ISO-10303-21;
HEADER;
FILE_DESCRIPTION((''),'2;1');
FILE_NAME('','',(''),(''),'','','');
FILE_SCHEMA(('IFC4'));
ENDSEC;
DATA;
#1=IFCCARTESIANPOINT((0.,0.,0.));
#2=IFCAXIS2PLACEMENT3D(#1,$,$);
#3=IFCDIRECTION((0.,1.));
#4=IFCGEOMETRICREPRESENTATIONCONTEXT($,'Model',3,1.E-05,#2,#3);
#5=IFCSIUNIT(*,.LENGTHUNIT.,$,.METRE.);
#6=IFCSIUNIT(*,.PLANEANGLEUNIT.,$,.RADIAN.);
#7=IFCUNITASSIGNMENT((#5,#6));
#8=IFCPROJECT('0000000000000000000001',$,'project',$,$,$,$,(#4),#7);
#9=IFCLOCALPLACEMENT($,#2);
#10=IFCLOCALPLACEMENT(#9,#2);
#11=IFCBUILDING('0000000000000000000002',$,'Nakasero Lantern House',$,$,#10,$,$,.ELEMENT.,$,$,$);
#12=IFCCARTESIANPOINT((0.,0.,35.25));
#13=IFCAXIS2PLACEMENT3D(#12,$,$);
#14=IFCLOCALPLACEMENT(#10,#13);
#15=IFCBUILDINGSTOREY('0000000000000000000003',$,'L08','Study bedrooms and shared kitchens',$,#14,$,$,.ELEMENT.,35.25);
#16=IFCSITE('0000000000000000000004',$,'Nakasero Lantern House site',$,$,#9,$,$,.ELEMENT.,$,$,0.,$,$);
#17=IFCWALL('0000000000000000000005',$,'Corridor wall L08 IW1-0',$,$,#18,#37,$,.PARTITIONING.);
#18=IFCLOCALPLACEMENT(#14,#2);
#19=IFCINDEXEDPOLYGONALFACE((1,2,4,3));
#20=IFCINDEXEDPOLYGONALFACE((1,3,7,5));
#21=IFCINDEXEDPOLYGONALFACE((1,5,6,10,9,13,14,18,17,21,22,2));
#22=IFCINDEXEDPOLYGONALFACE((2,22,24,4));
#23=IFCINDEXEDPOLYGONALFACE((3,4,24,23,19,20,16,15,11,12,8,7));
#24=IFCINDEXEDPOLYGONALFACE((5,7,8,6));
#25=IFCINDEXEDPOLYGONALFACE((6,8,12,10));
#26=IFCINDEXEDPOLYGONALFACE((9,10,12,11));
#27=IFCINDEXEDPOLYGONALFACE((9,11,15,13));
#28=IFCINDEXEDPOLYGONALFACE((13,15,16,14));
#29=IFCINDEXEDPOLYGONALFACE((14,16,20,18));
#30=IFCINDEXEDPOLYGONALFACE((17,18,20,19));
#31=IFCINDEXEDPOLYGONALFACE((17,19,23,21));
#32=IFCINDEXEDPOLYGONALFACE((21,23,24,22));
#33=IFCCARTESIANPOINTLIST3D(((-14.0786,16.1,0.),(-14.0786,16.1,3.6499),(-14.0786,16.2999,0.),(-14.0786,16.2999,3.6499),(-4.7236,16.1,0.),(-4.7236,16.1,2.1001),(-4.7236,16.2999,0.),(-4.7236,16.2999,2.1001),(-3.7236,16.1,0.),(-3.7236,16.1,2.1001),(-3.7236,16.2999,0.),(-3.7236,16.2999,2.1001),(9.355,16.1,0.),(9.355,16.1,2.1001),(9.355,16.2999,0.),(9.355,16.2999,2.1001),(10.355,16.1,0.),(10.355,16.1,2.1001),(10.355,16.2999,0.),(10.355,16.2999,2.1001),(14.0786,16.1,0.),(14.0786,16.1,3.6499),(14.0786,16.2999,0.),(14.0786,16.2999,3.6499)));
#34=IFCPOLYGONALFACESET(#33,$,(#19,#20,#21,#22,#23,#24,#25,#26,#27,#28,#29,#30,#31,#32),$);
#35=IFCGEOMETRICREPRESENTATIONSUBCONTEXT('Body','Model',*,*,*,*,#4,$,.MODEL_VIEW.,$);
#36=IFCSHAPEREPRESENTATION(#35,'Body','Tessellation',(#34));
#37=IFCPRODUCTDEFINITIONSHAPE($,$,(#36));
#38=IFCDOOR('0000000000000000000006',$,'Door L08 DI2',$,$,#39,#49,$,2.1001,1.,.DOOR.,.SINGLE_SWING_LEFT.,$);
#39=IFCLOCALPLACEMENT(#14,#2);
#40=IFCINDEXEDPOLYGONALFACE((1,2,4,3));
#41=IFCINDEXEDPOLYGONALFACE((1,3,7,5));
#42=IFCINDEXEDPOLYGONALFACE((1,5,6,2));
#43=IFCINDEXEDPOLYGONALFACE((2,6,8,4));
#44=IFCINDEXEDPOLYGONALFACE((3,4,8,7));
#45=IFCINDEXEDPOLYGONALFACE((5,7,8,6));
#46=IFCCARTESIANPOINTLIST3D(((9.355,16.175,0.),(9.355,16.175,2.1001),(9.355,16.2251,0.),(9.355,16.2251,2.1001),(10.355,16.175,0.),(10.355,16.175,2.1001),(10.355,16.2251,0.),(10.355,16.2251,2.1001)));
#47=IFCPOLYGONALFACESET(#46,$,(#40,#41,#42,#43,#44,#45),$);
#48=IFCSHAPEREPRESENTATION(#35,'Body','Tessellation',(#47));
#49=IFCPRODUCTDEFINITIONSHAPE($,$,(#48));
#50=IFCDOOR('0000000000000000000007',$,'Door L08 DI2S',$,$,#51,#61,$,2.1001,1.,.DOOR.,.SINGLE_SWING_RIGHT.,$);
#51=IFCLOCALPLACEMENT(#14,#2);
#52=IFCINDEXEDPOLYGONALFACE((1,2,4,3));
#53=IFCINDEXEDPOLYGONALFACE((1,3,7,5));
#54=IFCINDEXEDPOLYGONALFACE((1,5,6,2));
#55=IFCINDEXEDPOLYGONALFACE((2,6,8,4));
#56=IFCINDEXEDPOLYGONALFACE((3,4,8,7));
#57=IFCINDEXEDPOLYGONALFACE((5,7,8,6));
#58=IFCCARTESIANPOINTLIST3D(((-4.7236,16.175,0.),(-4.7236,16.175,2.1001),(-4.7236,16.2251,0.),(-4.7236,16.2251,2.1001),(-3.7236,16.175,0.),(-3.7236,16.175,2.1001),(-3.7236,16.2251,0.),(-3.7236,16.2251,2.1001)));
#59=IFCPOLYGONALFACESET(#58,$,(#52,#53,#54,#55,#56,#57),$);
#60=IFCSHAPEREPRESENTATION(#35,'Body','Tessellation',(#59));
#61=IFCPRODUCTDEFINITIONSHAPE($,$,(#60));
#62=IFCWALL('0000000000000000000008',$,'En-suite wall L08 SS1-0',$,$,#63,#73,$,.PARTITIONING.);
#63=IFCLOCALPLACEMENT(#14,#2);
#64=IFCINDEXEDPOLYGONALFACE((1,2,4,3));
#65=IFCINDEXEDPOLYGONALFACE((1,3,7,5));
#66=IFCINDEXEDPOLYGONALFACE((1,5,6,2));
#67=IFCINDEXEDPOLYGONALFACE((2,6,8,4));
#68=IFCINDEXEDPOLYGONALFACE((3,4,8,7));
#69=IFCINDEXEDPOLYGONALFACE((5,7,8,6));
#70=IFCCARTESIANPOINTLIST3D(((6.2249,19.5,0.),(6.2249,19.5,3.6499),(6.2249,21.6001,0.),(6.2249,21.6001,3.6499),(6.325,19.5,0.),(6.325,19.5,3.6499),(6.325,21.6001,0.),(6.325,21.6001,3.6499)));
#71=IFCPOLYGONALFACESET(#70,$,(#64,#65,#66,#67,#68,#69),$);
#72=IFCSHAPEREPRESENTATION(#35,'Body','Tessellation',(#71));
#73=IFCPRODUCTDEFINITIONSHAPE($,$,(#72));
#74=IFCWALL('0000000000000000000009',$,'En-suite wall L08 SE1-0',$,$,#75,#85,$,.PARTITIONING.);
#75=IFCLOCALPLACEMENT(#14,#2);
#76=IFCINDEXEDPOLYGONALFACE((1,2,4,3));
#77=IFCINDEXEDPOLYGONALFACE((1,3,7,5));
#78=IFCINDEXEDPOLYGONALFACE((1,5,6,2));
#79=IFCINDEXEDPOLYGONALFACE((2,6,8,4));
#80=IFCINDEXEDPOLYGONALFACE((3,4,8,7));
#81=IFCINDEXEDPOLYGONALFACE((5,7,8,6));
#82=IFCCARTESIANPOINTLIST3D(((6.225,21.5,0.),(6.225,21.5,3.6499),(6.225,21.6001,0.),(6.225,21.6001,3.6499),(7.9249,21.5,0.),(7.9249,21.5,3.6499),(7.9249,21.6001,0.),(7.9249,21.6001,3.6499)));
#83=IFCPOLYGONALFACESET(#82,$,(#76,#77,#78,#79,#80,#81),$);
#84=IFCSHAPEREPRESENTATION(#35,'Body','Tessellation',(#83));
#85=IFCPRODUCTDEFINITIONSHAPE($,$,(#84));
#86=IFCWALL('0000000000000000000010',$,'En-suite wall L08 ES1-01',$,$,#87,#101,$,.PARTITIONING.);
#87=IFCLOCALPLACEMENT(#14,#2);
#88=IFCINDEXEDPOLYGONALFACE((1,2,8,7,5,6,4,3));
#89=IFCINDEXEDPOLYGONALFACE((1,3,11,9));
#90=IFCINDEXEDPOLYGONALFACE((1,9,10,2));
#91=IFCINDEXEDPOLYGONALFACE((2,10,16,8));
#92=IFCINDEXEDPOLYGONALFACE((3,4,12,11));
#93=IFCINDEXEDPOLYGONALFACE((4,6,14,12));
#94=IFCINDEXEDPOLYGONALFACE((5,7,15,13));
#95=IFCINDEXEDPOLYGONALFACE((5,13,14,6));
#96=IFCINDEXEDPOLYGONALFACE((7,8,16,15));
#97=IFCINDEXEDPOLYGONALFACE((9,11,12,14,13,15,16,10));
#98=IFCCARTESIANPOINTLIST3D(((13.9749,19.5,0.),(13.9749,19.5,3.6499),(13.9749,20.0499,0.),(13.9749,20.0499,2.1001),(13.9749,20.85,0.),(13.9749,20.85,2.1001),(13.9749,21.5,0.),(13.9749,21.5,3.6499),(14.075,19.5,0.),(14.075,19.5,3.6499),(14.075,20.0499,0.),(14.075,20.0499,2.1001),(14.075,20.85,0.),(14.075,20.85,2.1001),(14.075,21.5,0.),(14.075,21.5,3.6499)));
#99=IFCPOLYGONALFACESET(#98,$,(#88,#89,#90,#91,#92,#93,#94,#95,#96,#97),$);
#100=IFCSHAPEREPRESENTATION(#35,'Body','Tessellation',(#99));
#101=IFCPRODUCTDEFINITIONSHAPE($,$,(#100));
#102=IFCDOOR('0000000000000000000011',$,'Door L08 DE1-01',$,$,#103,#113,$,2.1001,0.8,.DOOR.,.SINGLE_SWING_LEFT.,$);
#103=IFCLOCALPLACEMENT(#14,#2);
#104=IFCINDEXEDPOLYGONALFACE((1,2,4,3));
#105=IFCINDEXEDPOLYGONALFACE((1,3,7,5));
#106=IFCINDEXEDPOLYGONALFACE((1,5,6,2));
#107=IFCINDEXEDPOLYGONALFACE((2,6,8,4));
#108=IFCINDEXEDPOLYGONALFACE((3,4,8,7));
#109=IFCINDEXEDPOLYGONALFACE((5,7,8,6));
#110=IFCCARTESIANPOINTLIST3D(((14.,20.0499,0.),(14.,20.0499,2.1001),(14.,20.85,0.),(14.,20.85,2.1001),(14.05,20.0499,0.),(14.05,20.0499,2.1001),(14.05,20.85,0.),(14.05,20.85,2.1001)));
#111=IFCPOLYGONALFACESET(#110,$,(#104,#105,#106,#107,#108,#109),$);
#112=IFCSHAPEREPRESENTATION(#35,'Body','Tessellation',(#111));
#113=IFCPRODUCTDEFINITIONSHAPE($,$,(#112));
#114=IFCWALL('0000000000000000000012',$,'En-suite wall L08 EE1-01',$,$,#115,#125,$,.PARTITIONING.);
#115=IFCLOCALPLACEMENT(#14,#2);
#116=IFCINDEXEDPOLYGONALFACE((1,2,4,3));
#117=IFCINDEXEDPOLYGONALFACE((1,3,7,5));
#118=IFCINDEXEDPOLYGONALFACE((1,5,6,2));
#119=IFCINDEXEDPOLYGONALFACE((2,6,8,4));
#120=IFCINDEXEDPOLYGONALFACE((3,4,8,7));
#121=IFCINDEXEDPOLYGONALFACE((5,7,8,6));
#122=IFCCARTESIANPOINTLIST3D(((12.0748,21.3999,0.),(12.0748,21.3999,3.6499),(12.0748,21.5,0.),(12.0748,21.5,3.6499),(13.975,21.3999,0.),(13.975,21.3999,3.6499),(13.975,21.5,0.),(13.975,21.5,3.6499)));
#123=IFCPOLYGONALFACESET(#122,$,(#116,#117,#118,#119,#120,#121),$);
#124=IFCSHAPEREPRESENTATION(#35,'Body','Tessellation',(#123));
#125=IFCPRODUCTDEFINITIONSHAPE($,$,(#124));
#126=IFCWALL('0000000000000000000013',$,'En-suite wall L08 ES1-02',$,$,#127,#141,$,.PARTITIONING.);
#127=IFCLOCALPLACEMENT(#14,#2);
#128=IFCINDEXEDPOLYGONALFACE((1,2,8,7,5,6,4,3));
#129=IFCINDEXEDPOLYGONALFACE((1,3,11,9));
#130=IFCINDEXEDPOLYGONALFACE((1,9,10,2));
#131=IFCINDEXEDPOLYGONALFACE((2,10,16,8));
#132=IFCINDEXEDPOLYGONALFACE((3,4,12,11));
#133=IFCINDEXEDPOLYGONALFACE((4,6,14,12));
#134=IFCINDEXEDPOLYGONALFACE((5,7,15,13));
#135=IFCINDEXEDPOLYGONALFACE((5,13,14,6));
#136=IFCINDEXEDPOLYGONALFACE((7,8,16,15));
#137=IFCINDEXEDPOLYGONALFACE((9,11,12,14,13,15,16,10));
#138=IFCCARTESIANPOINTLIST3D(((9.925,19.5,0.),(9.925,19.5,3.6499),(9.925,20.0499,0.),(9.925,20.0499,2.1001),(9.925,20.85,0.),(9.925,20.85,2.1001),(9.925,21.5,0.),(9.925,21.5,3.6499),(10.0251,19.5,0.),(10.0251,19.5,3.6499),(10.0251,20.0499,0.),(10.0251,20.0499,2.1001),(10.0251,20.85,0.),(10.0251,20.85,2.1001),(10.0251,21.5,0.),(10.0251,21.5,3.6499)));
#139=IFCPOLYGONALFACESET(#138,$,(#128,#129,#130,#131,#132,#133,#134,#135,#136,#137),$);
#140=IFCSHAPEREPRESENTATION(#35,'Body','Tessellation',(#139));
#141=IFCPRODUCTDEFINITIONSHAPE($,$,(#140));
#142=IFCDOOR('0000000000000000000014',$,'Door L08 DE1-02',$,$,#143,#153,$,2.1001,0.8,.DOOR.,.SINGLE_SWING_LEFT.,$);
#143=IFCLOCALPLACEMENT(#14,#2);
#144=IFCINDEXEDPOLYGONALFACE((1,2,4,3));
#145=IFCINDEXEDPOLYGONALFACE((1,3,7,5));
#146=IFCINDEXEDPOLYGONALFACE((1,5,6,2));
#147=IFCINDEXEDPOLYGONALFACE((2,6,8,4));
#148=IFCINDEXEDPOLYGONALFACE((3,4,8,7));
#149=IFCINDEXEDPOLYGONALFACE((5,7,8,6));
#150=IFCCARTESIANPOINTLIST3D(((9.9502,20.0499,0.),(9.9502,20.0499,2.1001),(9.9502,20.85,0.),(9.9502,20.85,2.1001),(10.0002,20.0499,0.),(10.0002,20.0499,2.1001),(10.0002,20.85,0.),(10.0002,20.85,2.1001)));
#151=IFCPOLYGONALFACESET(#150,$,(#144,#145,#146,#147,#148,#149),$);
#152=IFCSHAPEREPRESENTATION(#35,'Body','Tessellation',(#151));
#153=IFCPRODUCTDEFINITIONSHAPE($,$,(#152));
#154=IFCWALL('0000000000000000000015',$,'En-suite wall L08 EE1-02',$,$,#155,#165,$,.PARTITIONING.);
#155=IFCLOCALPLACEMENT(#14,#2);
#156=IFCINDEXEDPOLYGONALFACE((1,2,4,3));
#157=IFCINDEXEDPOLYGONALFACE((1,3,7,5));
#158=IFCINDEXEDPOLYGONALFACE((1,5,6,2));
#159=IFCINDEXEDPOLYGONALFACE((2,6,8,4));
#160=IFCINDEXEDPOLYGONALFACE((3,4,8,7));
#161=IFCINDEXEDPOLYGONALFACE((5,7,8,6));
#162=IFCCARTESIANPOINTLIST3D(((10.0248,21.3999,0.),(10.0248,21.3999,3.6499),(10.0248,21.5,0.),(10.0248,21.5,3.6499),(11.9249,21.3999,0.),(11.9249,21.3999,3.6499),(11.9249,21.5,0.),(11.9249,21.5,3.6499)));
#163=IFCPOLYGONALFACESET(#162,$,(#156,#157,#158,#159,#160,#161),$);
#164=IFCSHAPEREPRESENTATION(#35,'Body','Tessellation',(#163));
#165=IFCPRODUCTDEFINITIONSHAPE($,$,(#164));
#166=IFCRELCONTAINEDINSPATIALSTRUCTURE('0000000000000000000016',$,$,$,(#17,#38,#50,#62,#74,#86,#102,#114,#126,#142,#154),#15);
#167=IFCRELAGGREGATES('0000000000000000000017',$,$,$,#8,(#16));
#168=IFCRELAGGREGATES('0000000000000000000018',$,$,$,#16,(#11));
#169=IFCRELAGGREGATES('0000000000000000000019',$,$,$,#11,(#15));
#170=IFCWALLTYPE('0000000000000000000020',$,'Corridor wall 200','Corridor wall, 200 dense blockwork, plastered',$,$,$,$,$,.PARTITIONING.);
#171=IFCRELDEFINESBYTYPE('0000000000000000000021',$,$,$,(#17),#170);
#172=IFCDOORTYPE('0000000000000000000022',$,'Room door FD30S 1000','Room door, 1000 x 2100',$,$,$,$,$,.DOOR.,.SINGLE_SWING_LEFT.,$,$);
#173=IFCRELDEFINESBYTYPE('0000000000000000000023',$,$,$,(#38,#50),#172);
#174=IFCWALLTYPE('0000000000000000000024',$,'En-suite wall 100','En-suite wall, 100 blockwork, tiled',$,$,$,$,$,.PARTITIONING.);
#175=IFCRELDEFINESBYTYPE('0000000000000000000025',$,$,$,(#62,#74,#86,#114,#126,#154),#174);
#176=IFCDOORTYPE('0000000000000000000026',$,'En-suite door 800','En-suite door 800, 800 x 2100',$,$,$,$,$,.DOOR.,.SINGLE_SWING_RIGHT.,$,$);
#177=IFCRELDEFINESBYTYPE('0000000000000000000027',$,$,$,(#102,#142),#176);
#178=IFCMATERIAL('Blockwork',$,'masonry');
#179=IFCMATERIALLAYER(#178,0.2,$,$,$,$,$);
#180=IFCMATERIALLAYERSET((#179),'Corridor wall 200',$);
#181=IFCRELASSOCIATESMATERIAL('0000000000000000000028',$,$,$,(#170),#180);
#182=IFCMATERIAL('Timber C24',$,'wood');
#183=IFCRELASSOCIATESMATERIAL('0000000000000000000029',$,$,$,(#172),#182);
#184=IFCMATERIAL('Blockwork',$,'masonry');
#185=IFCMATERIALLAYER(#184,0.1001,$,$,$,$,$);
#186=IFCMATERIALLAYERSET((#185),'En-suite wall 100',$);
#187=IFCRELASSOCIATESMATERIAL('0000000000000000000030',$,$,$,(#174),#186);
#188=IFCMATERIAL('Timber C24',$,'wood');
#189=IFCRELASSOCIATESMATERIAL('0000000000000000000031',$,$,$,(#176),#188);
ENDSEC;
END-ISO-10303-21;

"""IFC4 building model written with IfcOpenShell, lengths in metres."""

from ifc_helpers import new_model, si_unit, direction, frame, frame_2d, origin, place, context, subcontext, project, spatial, rectangle, extrude, material, layer, layer_set, type_object, element, fill, save


model = new_model("IFC4")

# Units and contexts
model_context = context("Model", 3, precision=1e-05, world=origin(), true_north=direction((0.0, 1.0)))
body_context = subcontext(model_context, "Body", "Model", "MODEL_VIEW")
ifc_project = project(units=[si_unit("LENGTHUNIT", "METRE"), si_unit("PLANEANGLEUNIT", "RADIAN")], contexts=[model_context])

# Site, building, storey
site_placement = place(None, origin())
site = spatial("IfcSite", under=ifc_project, at=site_placement, Name="Nakasero Lantern House site", CompositionType="ELEMENT", RefElevation=0.0)
building_placement = place(site_placement, origin())
building = spatial("IfcBuilding", under=site, at=building_placement, Name="Nakasero Lantern House", CompositionType="ELEMENT")
storey_placement = place(building_placement, frame((0.0, 0.0, 35.25)))
storey = spatial("IfcBuildingStorey", under=building, at=storey_placement, Name="L08", Description="Study bedrooms and shared kitchens", CompositionType="ELEMENT", Elevation=35.25)

# Wall, openings, doors
ifc_material_1 = material(Name="Blockwork", Category="masonry")
ifc_layer_1 = layer(ifc_material_1, 0.2)
ifc_layer_set_1 = layer_set([ifc_layer_1], Name="Corridor wall 200")
wall_type_1 = type_object("IfcWallType", Name="Corridor wall 200", Description="Corridor wall, 200 dense blockwork, plastered", PredefinedType="PARTITIONING", material=ifc_layer_set_1)
wall_1_placement = place(storey_placement, frame((14.0786, 16.2, 0.0), z_axis=(0.0, 0.0, 1.0), x_axis=(-1.0, 0.0, 0.0)))
wall_1 = element("IfcWall", 1, at=wall_1_placement, inside=storey, type_object=wall_type_1, Name="Corridor wall L08 IW1-0", PredefinedType="PARTITIONING", context=body_context, shape_type="SweptSolid", body=[
    extrude(rectangle(XDim=28.1572, YDim=0.2, at=frame_2d((14.0786, 0.0))), origin(), (0.0, 0.0, 1.0), 3.6499),
])
opening_1_placement = place(wall_1_placement, frame((3.7236, 0.0, 0.0)))
opening_1 = element("IfcOpeningElement", 2, at=opening_1_placement, cuts=wall_1, PredefinedType="OPENING", context=body_context, shape_type="SweptSolid", body=[
    extrude(rectangle(XDim=1.0, YDim=2.1001, at=frame_2d((0.5, 1.05))), frame((0.0, 0.1199, 0.0), z_axis=(0.0, -1.0, 0.0), x_axis=(1.0, 0.0, 0.0)), (0.0, 0.0, 1.0), 0.24),
])
opening_2_placement = place(wall_1_placement, frame((17.8022, 0.0, 0.0)))
opening_2 = element("IfcOpeningElement", 3, at=opening_2_placement, cuts=wall_1, PredefinedType="OPENING", context=body_context, shape_type="SweptSolid", body=[
    extrude(rectangle(XDim=1.0, YDim=2.1001, at=frame_2d((0.5, 1.05))), frame((0.0, 0.1199, 0.0), z_axis=(0.0, -1.0, 0.0), x_axis=(1.0, 0.0, 0.0)), (0.0, 0.0, 1.0), 0.24),
])
ifc_material_2 = material(Name="Timber C24", Category="wood")
door_type_1 = type_object("IfcDoorType", Name="Room door FD30S 1000", Description="Room door, 1000 x 2100", OperationType="SINGLE_SWING_LEFT", PredefinedType="DOOR", material=ifc_material_2)
door_1_placement = place(opening_1_placement, origin())
door_1 = element("IfcDoor", 4, at=door_1_placement, inside=storey, type_object=door_type_1, Name="Door L08 DI2", OperationType="SINGLE_SWING_LEFT", OverallHeight=2.1001, OverallWidth=1.0, PredefinedType="DOOR", context=body_context, shape_type="SweptSolid", body=[
    extrude(rectangle(XDim=1.0, YDim=2.1001, at=frame_2d((0.5, 1.05))), frame((0.0, 0.0249, 0.0), z_axis=(0.0, -1.0, 0.0), x_axis=(1.0, 0.0, 0.0)), (0.0, 0.0, 1.0), 0.05),
])
fill(opening_1, door_1)
door_2_placement = place(opening_2_placement, origin())
door_2 = element("IfcDoor", 5, at=door_2_placement, inside=storey, type_object=door_type_1, Name="Door L08 DI2S", OperationType="SINGLE_SWING_RIGHT", OverallHeight=2.1001, OverallWidth=1.0, PredefinedType="DOOR", context=body_context, shape_type="SweptSolid", body=[
    extrude(rectangle(XDim=1.0, YDim=2.1001, at=frame_2d((0.5, 1.05))), frame((0.0, 0.0249, 0.0), z_axis=(0.0, -1.0, 0.0), x_axis=(1.0, 0.0, 0.0)), (0.0, 0.0, 1.0), 0.05),
])
fill(opening_2, door_2)

# Walls
ifc_material_3 = material(Name="Blockwork", Category="masonry")
ifc_layer_2 = layer(ifc_material_3, 0.1001)
ifc_layer_set_2 = layer_set([ifc_layer_2], Name="En-suite wall 100")
wall_type_2 = type_object("IfcWallType", Name="En-suite wall 100", Description="En-suite wall, 100 blockwork, tiled", PredefinedType="PARTITIONING", material=ifc_layer_set_2)
wall_2_placement = place(storey_placement, frame((6.2749, 19.5, 0.0), z_axis=(0.0, 0.0, 1.0), x_axis=(0.0, 1.0, 0.0)))
element("IfcWall", 6, at=wall_2_placement, inside=storey, type_object=wall_type_2, Name="En-suite wall L08 SS1-0", PredefinedType="PARTITIONING", context=body_context, shape_type="SweptSolid", body=[
    extrude(rectangle(XDim=2.1001, YDim=0.1001, at=frame_2d((1.05, 0.0))), origin(), (0.0, 0.0, 1.0), 3.6499),
])
wall_3_placement = place(storey_placement, frame((7.925, 21.55, 0.0), z_axis=(0.0, 0.0, 1.0), x_axis=(-1.0, 0.0, 0.0)))
element("IfcWall", 7, at=wall_3_placement, inside=storey, type_object=wall_type_2, Name="En-suite wall L08 SE1-0", PredefinedType="PARTITIONING", context=body_context, shape_type="SweptSolid", body=[
    extrude(rectangle(XDim=1.7, YDim=0.1001, at=frame_2d((0.8501, 0.0))), origin(), (0.0, 0.0, 1.0), 3.6499),
])

# Wall, opening, door
wall_4_placement = place(storey_placement, frame((14.0249, 19.5, 0.0), z_axis=(0.0, 0.0, 1.0), x_axis=(0.0, 1.0, 0.0)))
wall_4 = element("IfcWall", 8, at=wall_4_placement, inside=storey, type_object=wall_type_2, Name="En-suite wall L08 ES1-01", PredefinedType="PARTITIONING", context=body_context, shape_type="SweptSolid", body=[
    extrude(rectangle(XDim=2.0, YDim=0.1001, at=frame_2d((1.0, 0.0))), origin(), (0.0, 0.0, 1.0), 3.6499),
])
opening_3_placement = place(wall_4_placement, frame((0.55, 0.0, 0.0)))
opening_3 = element("IfcOpeningElement", 9, at=opening_3_placement, cuts=wall_4, PredefinedType="OPENING", context=body_context, shape_type="SweptSolid", body=[
    extrude(rectangle(XDim=0.8, YDim=2.1001, at=frame_2d((0.3999, 1.05))), frame((0.0, 0.0701, 0.0), z_axis=(0.0, -1.0, 0.0), x_axis=(1.0, 0.0, 0.0)), (0.0, 0.0, 1.0), 0.1401),
])
ifc_material_4 = material(Name="Timber C24", Category="wood")
door_type_2 = type_object("IfcDoorType", Name="En-suite door 800", Description="En-suite door 800, 800 x 2100", OperationType="SINGLE_SWING_RIGHT", PredefinedType="DOOR", material=ifc_material_4)
door_3_placement = place(opening_3_placement, origin())
door_3 = element("IfcDoor", 10, at=door_3_placement, inside=storey, type_object=door_type_2, Name="Door L08 DE1-01", OperationType="SINGLE_SWING_LEFT", OverallHeight=2.1001, OverallWidth=0.8, PredefinedType="DOOR", context=body_context, shape_type="SweptSolid", body=[
    extrude(rectangle(XDim=0.8, YDim=2.1001, at=frame_2d((0.3999, 1.05))), frame((0.0, 0.0249, 0.0), z_axis=(0.0, -1.0, 0.0), x_axis=(1.0, 0.0, 0.0)), (0.0, 0.0, 1.0), 0.05),
])
fill(opening_3, door_3)

# Wall
wall_5_placement = place(storey_placement, frame((13.9751, 21.45, 0.0), z_axis=(0.0, 0.0, 1.0), x_axis=(-1.0, 0.0, 0.0)))
element("IfcWall", 11, at=wall_5_placement, inside=storey, type_object=wall_type_2, Name="En-suite wall L08 EE1-01", PredefinedType="PARTITIONING", context=body_context, shape_type="SweptSolid", body=[
    extrude(rectangle(XDim=1.9001, YDim=0.1001, at=frame_2d((0.9502, 0.0))), origin(), (0.0, 0.0, 1.0), 3.6499),
])

# Wall, opening, door
wall_6_placement = place(storey_placement, frame((9.9751, 19.5, 0.0), z_axis=(0.0, 0.0, 1.0), x_axis=(0.0, 1.0, 0.0)))
wall_6 = element("IfcWall", 12, at=wall_6_placement, inside=storey, type_object=wall_type_2, Name="En-suite wall L08 ES1-02", PredefinedType="PARTITIONING", context=body_context, shape_type="SweptSolid", body=[
    extrude(rectangle(XDim=2.0, YDim=0.1001, at=frame_2d((1.0, 0.0))), origin(), (0.0, 0.0, 1.0), 3.6499),
])
opening_4_placement = place(wall_6_placement, frame((0.55, 0.0, 0.0)))
opening_4 = element("IfcOpeningElement", 13, at=opening_4_placement, cuts=wall_6, PredefinedType="OPENING", context=body_context, shape_type="SweptSolid", body=[
    extrude(rectangle(XDim=0.8, YDim=2.1001, at=frame_2d((0.3999, 1.05))), frame((0.0, 0.0701, 0.0), z_axis=(0.0, -1.0, 0.0), x_axis=(1.0, 0.0, 0.0)), (0.0, 0.0, 1.0), 0.1401),
])
door_4_placement = place(opening_4_placement, origin())
door_4 = element("IfcDoor", 14, at=door_4_placement, inside=storey, type_object=door_type_2, Name="Door L08 DE1-02", OperationType="SINGLE_SWING_LEFT", OverallHeight=2.1001, OverallWidth=0.8, PredefinedType="DOOR", context=body_context, shape_type="SweptSolid", body=[
    extrude(rectangle(XDim=0.8, YDim=2.1001, at=frame_2d((0.3999, 1.05))), frame((0.0, 0.0249, 0.0), z_axis=(0.0, -1.0, 0.0), x_axis=(1.0, 0.0, 0.0)), (0.0, 0.0, 1.0), 0.05),
])
fill(opening_4, door_4)

# Wall
wall_7_placement = place(storey_placement, frame((11.925, 21.45, 0.0), z_axis=(0.0, 0.0, 1.0), x_axis=(-1.0, 0.0, 0.0)))
element("IfcWall", 15, at=wall_7_placement, inside=storey, type_object=wall_type_2, Name="En-suite wall L08 EE1-02", PredefinedType="PARTITIONING", context=body_context, shape_type="SweptSolid", body=[
    extrude(rectangle(XDim=1.9001, YDim=0.1001, at=frame_2d((0.9502, 0.0))), origin(), (0.0, 0.0, 1.0), 3.6499),
])

save(model, "model.ifc")
